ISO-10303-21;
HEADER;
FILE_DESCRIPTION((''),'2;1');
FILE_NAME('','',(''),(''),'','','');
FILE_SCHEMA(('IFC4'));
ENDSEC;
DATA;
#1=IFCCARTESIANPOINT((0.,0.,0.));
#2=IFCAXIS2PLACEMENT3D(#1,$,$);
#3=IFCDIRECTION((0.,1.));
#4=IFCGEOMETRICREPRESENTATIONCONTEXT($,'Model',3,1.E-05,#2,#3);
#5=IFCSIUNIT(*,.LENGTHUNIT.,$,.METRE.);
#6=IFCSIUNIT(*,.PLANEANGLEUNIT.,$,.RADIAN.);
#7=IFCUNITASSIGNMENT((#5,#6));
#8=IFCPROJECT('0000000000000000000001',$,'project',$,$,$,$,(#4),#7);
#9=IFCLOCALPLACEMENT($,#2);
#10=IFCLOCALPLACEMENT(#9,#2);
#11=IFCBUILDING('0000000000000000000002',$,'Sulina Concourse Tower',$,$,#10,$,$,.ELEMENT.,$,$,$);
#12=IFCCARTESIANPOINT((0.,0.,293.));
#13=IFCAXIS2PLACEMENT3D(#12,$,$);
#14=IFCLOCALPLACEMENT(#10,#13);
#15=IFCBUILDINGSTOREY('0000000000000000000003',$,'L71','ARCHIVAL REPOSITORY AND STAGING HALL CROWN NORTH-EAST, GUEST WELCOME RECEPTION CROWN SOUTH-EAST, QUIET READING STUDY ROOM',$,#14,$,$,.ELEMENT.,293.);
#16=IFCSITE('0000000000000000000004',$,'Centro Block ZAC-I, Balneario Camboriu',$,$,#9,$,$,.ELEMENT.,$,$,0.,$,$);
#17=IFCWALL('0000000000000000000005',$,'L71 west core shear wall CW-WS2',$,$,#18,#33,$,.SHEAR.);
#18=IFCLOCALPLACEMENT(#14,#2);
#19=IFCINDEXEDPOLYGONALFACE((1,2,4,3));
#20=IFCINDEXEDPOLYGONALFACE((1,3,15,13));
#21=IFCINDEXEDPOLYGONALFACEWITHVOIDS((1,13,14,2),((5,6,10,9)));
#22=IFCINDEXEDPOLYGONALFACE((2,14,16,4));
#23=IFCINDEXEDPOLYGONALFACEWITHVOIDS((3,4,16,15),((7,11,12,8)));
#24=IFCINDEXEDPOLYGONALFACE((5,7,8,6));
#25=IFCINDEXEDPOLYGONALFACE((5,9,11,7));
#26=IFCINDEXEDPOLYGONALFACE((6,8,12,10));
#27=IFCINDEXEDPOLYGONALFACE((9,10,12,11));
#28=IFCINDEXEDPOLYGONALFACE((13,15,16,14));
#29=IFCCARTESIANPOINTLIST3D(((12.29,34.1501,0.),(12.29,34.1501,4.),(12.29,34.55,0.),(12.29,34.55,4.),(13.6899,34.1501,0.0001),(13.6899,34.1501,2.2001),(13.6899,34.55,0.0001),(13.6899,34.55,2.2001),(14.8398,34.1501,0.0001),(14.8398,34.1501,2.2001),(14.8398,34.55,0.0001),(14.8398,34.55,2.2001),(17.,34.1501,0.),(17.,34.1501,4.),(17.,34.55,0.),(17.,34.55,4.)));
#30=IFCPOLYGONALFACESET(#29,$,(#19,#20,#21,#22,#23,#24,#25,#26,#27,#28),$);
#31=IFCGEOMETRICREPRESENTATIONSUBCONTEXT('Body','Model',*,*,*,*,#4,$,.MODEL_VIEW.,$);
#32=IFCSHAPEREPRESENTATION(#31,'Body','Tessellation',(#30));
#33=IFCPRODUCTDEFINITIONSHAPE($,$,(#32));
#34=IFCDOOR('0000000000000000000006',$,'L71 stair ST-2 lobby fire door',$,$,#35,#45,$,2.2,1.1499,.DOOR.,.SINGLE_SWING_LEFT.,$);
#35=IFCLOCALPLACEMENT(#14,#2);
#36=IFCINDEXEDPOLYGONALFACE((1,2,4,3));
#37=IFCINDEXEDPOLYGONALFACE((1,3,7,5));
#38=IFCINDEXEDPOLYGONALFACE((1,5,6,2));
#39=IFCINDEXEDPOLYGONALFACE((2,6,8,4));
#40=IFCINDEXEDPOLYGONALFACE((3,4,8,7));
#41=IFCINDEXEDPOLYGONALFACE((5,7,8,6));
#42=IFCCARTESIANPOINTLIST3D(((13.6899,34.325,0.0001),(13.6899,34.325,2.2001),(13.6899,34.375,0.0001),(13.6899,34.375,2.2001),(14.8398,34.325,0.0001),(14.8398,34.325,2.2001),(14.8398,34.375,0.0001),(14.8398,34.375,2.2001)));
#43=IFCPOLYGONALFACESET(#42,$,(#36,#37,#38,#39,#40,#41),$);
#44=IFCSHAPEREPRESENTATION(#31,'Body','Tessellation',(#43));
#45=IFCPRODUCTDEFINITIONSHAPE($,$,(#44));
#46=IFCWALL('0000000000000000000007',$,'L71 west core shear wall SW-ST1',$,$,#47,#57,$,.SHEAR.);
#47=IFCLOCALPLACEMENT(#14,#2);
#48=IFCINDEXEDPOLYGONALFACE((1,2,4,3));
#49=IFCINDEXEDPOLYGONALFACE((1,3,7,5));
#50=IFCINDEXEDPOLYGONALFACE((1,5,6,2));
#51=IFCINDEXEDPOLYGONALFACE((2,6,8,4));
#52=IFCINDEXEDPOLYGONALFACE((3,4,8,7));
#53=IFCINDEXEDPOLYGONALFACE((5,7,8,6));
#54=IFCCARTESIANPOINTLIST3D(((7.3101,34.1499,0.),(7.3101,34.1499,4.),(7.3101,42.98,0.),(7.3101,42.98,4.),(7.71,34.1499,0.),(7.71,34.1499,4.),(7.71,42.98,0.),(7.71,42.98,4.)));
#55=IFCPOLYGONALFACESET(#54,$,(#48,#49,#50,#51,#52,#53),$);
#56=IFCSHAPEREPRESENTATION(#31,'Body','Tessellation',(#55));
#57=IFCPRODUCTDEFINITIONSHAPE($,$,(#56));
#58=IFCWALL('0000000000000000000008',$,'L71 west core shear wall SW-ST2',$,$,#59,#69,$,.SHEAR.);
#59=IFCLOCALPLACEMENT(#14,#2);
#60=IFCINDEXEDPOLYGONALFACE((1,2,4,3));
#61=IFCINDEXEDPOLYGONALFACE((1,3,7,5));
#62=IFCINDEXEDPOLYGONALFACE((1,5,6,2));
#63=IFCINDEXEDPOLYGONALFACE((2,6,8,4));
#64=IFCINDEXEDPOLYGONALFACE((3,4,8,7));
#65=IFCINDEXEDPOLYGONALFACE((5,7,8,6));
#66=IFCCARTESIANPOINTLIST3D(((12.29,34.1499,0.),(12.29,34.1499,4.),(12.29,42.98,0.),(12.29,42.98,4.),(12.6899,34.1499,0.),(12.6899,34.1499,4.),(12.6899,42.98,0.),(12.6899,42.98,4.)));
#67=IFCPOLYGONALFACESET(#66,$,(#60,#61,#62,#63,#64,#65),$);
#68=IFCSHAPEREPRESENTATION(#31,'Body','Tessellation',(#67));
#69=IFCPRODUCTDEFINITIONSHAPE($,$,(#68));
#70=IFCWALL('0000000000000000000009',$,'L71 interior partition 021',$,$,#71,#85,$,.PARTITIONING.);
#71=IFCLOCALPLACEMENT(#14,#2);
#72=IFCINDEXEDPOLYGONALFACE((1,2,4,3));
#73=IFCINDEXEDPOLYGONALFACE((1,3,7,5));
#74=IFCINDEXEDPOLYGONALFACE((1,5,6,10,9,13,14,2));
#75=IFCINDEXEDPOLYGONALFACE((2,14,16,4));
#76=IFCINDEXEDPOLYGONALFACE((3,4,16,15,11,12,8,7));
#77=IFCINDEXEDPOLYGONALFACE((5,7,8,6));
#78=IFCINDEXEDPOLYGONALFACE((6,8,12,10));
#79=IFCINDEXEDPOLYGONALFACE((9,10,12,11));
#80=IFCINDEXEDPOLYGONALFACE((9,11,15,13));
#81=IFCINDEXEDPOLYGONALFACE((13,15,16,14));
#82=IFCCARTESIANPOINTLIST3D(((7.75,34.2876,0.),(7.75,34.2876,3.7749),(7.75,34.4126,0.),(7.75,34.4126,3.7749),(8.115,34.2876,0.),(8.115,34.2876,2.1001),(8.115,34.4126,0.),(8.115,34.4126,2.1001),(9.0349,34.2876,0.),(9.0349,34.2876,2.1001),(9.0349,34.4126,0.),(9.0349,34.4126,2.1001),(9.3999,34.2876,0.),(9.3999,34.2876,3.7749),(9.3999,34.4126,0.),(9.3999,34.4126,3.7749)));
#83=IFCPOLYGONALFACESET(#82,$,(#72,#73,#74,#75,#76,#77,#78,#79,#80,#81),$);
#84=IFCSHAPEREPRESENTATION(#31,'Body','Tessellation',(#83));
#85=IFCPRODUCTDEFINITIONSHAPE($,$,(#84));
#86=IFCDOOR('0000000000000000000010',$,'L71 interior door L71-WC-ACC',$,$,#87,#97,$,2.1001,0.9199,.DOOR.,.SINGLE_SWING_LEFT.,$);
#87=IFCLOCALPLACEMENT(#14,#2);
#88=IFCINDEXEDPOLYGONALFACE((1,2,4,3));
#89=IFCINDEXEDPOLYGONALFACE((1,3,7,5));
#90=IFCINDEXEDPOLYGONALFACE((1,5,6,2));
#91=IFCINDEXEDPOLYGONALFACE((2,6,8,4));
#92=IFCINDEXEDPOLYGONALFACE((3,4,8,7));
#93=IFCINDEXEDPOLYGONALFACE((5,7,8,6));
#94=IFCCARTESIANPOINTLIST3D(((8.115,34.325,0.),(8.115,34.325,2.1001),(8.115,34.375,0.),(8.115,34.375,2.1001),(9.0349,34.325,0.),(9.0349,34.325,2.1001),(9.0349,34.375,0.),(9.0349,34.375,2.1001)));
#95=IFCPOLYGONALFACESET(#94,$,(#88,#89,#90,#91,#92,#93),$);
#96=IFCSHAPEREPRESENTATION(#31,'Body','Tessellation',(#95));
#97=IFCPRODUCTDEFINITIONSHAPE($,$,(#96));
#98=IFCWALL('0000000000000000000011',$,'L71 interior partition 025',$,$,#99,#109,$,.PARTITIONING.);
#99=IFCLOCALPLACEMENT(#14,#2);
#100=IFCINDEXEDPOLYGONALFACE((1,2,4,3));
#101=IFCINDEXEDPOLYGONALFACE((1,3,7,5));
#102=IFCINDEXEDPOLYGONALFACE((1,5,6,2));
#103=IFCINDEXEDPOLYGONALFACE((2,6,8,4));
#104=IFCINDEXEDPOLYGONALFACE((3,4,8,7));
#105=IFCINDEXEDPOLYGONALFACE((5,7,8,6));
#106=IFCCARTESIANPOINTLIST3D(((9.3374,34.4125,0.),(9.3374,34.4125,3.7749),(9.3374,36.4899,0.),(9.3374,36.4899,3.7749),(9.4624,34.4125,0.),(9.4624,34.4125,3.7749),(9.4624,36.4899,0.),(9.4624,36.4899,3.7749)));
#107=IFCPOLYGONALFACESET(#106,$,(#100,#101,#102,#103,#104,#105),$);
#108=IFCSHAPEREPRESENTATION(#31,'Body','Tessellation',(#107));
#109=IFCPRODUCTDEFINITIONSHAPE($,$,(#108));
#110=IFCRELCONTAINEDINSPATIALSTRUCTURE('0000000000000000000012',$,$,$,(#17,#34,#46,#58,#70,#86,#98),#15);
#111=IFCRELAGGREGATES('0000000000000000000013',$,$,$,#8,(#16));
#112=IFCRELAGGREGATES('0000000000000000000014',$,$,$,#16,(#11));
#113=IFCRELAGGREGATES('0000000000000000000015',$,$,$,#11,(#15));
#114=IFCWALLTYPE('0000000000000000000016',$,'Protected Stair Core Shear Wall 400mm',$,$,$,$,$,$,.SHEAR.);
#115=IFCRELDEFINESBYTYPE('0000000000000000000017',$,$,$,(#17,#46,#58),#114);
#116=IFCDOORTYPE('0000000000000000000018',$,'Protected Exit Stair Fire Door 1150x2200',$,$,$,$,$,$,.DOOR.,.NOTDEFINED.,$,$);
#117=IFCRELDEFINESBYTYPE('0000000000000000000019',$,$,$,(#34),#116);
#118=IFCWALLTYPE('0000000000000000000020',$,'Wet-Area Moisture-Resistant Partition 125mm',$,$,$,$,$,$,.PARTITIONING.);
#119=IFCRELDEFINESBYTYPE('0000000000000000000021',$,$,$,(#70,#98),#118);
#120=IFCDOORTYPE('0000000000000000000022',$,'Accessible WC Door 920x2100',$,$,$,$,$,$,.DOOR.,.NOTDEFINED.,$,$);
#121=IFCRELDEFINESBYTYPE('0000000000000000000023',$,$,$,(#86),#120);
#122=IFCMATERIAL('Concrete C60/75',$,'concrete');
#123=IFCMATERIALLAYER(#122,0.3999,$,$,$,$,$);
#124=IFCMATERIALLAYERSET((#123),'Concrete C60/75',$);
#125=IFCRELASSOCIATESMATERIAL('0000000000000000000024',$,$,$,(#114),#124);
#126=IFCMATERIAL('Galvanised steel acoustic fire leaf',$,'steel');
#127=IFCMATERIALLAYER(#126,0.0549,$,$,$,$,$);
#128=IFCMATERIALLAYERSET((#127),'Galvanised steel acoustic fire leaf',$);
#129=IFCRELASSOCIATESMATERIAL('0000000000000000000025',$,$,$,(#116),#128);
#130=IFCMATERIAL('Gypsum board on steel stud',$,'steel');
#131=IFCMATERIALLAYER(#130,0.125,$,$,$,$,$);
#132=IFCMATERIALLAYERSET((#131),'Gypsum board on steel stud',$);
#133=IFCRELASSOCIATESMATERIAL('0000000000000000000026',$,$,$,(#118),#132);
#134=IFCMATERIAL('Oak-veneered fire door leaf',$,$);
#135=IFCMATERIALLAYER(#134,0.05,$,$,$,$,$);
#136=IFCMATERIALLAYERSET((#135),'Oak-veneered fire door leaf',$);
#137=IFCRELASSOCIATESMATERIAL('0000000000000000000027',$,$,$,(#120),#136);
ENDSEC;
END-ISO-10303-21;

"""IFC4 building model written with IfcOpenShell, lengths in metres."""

from ifc_helpers import new_model, si_unit, direction, frame, frame_2d, origin, place, context, subcontext, project, spatial, rectangle, extrude, material, layer, layer_set, type_object, element, fill, save


model = new_model("IFC4")

# Units and contexts
model_context = context("Model", 3, precision=1e-05, world=origin(), true_north=direction((0.0, 1.0)))
body_context = subcontext(model_context, "Body", "Model", "MODEL_VIEW")
ifc_project = project(units=[si_unit("LENGTHUNIT", "METRE"), si_unit("PLANEANGLEUNIT", "RADIAN")], contexts=[model_context])

# Site, building, storey
site_placement = place(None, origin())
site = spatial("IfcSite", under=ifc_project, at=site_placement, Name="Centro Block ZAC-I, Balneario Camboriu", CompositionType="ELEMENT", RefElevation=0.0)
building_placement = place(site_placement, origin())
building = spatial("IfcBuilding", under=site, at=building_placement, Name="Sulina Concourse Tower", CompositionType="ELEMENT")
storey_placement = place(building_placement, frame((0.0, 0.0, 293.0)))
storey = spatial("IfcBuildingStorey", under=building, at=storey_placement, Name="L71", Description="ARCHIVAL REPOSITORY AND STAGING HALL CROWN NORTH-EAST, GUEST WELCOME RECEPTION CROWN SOUTH-EAST, QUIET READING STUDY ROOM", CompositionType="ELEMENT", Elevation=293.0)

# Wall, opening, door
ifc_material_1 = material(Name="Concrete C60/75", Category="concrete")
ifc_layer_1 = layer(ifc_material_1, 0.3999)
ifc_layer_set_1 = layer_set([ifc_layer_1], Name="Concrete C60/75")
wall_type_1 = type_object("IfcWallType", Name="Protected Stair Core Shear Wall 400mm", PredefinedType="SHEAR", material=ifc_layer_set_1)
wall_1_placement = place(storey_placement, frame((12.29, 34.3501, 0.0), z_axis=(0.0, 0.0, 1.0), x_axis=(1.0, 0.0, 0.0)))
wall_1 = element("IfcWall", 1, at=wall_1_placement, inside=storey, type_object=wall_type_1, Name="L71 west core shear wall CW-WS2", PredefinedType="SHEAR", context=body_context, shape_type="SweptSolid", body=[
    extrude(rectangle(XDim=4.71, YDim=0.3999, at=frame_2d((2.355, 0.0))), origin(), (0.0, 0.0, 1.0), 4.0),
])
opening_1_placement = place(wall_1_placement, frame((1.3999, 0.0, 0.0)))
opening_1 = element("IfcOpeningElement", 2, at=opening_1_placement, cuts=wall_1, PredefinedType="OPENING", context=body_context, shape_type="SweptSolid", body=[
    extrude(rectangle(XDim=1.1499, YDim=2.2, at=frame_2d((0.575, 1.1001))), frame((0.0, 0.21, 0.0), z_axis=(0.0, -1.0, 0.0), x_axis=(1.0, 0.0, 0.0)), (0.0, 0.0, 1.0), 0.4199),
])
ifc_material_2 = material(Name="Galvanised steel acoustic fire leaf", Category="steel")
ifc_layer_2 = layer(ifc_material_2, 0.0549)
ifc_layer_set_2 = layer_set([ifc_layer_2], Name="Galvanised steel acoustic fire leaf")
door_type_1 = type_object("IfcDoorType", Name="Protected Exit Stair Fire Door 1150x2200", OperationType="NOTDEFINED", PredefinedType="DOOR", material=ifc_layer_set_2)
door_1_placement = place(opening_1_placement, origin())
door_1 = element("IfcDoor", 3, at=door_1_placement, inside=storey, type_object=door_type_1, Name="L71 stair ST-2 lobby fire door", OperationType="SINGLE_SWING_LEFT", OverallHeight=2.2, OverallWidth=1.1499, PredefinedType="DOOR", context=body_context, shape_type="SweptSolid", body=[
    extrude(rectangle(XDim=1.1499, YDim=2.2, at=frame_2d((0.575, 1.1001))), frame((0.0, 0.0249, 0.0), z_axis=(0.0, -1.0, 0.0), x_axis=(1.0, 0.0, 0.0)), (0.0, 0.0, 1.0), 0.05),
])
fill(opening_1, door_1)

# Walls
for number, where, z_axis, x_axis, name in (
    (4, (7.51, 34.1499, 0.0), (0.0, 0.0, 1.0), (0.0, 1.0, 0.0), "L71 west core shear wall SW-ST1"),
    (5, (12.49, 34.1499, 0.0), (0.0, 0.0, 1.0), (0.0, 1.0, 0.0), "L71 west core shear wall SW-ST2"),
):
    element("IfcWall", number, at=place(storey_placement, frame(where, z_axis=z_axis, x_axis=x_axis)), inside=storey, type_object=wall_type_1, Name=name, PredefinedType="SHEAR", context=body_context, shape_type="SweptSolid", body=[
        extrude(rectangle(XDim=8.8301, YDim=0.3999, at=frame_2d((4.415, 0.0))), origin(), (0.0, 0.0, 1.0), 4.0),
    ])

# Wall, opening, door
ifc_material_3 = material(Name="Gypsum board on steel stud", Category="steel")
ifc_layer_3 = layer(ifc_material_3, 0.125)
ifc_layer_set_3 = layer_set([ifc_layer_3], Name="Gypsum board on steel stud")
wall_type_2 = type_object("IfcWallType", Name="Wet-Area Moisture-Resistant Partition 125mm", PredefinedType="PARTITIONING", material=ifc_layer_set_3)
wall_2_placement = place(storey_placement, frame((7.75, 34.3501, 0.0), z_axis=(0.0, 0.0, 1.0), x_axis=(1.0, 0.0, 0.0)))
wall_2 = element("IfcWall", 6, at=wall_2_placement, inside=storey, type_object=wall_type_2, Name="L71 interior partition 021", PredefinedType="PARTITIONING", context=body_context, shape_type="SweptSolid", body=[
    extrude(rectangle(XDim=1.6499, YDim=0.125, at=frame_2d((0.825, 0.0))), origin(), (0.0, 0.0, 1.0), 3.7749),
])
opening_2_placement = place(wall_2_placement, frame((0.365, 0.0, 0.0)))
opening_2 = element("IfcOpeningElement", 7, at=opening_2_placement, cuts=wall_2, PredefinedType="OPENING", context=body_context, shape_type="SweptSolid", body=[
    extrude(rectangle(XDim=0.9199, YDim=2.1001, at=frame_2d((0.46, 1.05))), frame((0.0, 0.0725, 0.0), z_axis=(0.0, -1.0, 0.0), x_axis=(1.0, 0.0, 0.0)), (0.0, 0.0, 1.0), 0.145),
])
ifc_material_4 = material(Name="Oak-veneered fire door leaf")
ifc_layer_4 = layer(ifc_material_4, 0.05)
ifc_layer_set_4 = layer_set([ifc_layer_4], Name="Oak-veneered fire door leaf")
door_type_2 = type_object("IfcDoorType", Name="Accessible WC Door 920x2100", OperationType="NOTDEFINED", PredefinedType="DOOR", material=ifc_layer_set_4)
door_2_placement = place(opening_2_placement, origin())
door_2 = element("IfcDoor", 8, at=door_2_placement, inside=storey, type_object=door_type_2, Name="L71 interior door L71-WC-ACC", OperationType="SINGLE_SWING_LEFT", OverallHeight=2.1001, OverallWidth=0.9199, PredefinedType="DOOR", context=body_context, shape_type="SweptSolid", body=[
    extrude(rectangle(XDim=0.9199, YDim=2.1001, at=frame_2d((0.46, 1.05))), frame((0.0, 0.0249, 0.0), z_axis=(0.0, -1.0, 0.0), x_axis=(1.0, 0.0, 0.0)), (0.0, 0.0, 1.0), 0.05),
])
fill(opening_2, door_2)

# Wall
wall_3_placement = place(storey_placement, frame((9.3999, 34.4126, 0.0), z_axis=(0.0, 0.0, 1.0), x_axis=(0.0, 1.0, 0.0)))
element("IfcWall", 9, at=wall_3_placement, inside=storey, type_object=wall_type_2, Name="L71 interior partition 025", PredefinedType="PARTITIONING", context=body_context, shape_type="SweptSolid", body=[
    extrude(rectangle(XDim=2.0774, YDim=0.125, at=frame_2d((1.0386, 0.0))), origin(), (0.0, 0.0, 1.0), 3.7749),
])

save(model, "model.ifc")
